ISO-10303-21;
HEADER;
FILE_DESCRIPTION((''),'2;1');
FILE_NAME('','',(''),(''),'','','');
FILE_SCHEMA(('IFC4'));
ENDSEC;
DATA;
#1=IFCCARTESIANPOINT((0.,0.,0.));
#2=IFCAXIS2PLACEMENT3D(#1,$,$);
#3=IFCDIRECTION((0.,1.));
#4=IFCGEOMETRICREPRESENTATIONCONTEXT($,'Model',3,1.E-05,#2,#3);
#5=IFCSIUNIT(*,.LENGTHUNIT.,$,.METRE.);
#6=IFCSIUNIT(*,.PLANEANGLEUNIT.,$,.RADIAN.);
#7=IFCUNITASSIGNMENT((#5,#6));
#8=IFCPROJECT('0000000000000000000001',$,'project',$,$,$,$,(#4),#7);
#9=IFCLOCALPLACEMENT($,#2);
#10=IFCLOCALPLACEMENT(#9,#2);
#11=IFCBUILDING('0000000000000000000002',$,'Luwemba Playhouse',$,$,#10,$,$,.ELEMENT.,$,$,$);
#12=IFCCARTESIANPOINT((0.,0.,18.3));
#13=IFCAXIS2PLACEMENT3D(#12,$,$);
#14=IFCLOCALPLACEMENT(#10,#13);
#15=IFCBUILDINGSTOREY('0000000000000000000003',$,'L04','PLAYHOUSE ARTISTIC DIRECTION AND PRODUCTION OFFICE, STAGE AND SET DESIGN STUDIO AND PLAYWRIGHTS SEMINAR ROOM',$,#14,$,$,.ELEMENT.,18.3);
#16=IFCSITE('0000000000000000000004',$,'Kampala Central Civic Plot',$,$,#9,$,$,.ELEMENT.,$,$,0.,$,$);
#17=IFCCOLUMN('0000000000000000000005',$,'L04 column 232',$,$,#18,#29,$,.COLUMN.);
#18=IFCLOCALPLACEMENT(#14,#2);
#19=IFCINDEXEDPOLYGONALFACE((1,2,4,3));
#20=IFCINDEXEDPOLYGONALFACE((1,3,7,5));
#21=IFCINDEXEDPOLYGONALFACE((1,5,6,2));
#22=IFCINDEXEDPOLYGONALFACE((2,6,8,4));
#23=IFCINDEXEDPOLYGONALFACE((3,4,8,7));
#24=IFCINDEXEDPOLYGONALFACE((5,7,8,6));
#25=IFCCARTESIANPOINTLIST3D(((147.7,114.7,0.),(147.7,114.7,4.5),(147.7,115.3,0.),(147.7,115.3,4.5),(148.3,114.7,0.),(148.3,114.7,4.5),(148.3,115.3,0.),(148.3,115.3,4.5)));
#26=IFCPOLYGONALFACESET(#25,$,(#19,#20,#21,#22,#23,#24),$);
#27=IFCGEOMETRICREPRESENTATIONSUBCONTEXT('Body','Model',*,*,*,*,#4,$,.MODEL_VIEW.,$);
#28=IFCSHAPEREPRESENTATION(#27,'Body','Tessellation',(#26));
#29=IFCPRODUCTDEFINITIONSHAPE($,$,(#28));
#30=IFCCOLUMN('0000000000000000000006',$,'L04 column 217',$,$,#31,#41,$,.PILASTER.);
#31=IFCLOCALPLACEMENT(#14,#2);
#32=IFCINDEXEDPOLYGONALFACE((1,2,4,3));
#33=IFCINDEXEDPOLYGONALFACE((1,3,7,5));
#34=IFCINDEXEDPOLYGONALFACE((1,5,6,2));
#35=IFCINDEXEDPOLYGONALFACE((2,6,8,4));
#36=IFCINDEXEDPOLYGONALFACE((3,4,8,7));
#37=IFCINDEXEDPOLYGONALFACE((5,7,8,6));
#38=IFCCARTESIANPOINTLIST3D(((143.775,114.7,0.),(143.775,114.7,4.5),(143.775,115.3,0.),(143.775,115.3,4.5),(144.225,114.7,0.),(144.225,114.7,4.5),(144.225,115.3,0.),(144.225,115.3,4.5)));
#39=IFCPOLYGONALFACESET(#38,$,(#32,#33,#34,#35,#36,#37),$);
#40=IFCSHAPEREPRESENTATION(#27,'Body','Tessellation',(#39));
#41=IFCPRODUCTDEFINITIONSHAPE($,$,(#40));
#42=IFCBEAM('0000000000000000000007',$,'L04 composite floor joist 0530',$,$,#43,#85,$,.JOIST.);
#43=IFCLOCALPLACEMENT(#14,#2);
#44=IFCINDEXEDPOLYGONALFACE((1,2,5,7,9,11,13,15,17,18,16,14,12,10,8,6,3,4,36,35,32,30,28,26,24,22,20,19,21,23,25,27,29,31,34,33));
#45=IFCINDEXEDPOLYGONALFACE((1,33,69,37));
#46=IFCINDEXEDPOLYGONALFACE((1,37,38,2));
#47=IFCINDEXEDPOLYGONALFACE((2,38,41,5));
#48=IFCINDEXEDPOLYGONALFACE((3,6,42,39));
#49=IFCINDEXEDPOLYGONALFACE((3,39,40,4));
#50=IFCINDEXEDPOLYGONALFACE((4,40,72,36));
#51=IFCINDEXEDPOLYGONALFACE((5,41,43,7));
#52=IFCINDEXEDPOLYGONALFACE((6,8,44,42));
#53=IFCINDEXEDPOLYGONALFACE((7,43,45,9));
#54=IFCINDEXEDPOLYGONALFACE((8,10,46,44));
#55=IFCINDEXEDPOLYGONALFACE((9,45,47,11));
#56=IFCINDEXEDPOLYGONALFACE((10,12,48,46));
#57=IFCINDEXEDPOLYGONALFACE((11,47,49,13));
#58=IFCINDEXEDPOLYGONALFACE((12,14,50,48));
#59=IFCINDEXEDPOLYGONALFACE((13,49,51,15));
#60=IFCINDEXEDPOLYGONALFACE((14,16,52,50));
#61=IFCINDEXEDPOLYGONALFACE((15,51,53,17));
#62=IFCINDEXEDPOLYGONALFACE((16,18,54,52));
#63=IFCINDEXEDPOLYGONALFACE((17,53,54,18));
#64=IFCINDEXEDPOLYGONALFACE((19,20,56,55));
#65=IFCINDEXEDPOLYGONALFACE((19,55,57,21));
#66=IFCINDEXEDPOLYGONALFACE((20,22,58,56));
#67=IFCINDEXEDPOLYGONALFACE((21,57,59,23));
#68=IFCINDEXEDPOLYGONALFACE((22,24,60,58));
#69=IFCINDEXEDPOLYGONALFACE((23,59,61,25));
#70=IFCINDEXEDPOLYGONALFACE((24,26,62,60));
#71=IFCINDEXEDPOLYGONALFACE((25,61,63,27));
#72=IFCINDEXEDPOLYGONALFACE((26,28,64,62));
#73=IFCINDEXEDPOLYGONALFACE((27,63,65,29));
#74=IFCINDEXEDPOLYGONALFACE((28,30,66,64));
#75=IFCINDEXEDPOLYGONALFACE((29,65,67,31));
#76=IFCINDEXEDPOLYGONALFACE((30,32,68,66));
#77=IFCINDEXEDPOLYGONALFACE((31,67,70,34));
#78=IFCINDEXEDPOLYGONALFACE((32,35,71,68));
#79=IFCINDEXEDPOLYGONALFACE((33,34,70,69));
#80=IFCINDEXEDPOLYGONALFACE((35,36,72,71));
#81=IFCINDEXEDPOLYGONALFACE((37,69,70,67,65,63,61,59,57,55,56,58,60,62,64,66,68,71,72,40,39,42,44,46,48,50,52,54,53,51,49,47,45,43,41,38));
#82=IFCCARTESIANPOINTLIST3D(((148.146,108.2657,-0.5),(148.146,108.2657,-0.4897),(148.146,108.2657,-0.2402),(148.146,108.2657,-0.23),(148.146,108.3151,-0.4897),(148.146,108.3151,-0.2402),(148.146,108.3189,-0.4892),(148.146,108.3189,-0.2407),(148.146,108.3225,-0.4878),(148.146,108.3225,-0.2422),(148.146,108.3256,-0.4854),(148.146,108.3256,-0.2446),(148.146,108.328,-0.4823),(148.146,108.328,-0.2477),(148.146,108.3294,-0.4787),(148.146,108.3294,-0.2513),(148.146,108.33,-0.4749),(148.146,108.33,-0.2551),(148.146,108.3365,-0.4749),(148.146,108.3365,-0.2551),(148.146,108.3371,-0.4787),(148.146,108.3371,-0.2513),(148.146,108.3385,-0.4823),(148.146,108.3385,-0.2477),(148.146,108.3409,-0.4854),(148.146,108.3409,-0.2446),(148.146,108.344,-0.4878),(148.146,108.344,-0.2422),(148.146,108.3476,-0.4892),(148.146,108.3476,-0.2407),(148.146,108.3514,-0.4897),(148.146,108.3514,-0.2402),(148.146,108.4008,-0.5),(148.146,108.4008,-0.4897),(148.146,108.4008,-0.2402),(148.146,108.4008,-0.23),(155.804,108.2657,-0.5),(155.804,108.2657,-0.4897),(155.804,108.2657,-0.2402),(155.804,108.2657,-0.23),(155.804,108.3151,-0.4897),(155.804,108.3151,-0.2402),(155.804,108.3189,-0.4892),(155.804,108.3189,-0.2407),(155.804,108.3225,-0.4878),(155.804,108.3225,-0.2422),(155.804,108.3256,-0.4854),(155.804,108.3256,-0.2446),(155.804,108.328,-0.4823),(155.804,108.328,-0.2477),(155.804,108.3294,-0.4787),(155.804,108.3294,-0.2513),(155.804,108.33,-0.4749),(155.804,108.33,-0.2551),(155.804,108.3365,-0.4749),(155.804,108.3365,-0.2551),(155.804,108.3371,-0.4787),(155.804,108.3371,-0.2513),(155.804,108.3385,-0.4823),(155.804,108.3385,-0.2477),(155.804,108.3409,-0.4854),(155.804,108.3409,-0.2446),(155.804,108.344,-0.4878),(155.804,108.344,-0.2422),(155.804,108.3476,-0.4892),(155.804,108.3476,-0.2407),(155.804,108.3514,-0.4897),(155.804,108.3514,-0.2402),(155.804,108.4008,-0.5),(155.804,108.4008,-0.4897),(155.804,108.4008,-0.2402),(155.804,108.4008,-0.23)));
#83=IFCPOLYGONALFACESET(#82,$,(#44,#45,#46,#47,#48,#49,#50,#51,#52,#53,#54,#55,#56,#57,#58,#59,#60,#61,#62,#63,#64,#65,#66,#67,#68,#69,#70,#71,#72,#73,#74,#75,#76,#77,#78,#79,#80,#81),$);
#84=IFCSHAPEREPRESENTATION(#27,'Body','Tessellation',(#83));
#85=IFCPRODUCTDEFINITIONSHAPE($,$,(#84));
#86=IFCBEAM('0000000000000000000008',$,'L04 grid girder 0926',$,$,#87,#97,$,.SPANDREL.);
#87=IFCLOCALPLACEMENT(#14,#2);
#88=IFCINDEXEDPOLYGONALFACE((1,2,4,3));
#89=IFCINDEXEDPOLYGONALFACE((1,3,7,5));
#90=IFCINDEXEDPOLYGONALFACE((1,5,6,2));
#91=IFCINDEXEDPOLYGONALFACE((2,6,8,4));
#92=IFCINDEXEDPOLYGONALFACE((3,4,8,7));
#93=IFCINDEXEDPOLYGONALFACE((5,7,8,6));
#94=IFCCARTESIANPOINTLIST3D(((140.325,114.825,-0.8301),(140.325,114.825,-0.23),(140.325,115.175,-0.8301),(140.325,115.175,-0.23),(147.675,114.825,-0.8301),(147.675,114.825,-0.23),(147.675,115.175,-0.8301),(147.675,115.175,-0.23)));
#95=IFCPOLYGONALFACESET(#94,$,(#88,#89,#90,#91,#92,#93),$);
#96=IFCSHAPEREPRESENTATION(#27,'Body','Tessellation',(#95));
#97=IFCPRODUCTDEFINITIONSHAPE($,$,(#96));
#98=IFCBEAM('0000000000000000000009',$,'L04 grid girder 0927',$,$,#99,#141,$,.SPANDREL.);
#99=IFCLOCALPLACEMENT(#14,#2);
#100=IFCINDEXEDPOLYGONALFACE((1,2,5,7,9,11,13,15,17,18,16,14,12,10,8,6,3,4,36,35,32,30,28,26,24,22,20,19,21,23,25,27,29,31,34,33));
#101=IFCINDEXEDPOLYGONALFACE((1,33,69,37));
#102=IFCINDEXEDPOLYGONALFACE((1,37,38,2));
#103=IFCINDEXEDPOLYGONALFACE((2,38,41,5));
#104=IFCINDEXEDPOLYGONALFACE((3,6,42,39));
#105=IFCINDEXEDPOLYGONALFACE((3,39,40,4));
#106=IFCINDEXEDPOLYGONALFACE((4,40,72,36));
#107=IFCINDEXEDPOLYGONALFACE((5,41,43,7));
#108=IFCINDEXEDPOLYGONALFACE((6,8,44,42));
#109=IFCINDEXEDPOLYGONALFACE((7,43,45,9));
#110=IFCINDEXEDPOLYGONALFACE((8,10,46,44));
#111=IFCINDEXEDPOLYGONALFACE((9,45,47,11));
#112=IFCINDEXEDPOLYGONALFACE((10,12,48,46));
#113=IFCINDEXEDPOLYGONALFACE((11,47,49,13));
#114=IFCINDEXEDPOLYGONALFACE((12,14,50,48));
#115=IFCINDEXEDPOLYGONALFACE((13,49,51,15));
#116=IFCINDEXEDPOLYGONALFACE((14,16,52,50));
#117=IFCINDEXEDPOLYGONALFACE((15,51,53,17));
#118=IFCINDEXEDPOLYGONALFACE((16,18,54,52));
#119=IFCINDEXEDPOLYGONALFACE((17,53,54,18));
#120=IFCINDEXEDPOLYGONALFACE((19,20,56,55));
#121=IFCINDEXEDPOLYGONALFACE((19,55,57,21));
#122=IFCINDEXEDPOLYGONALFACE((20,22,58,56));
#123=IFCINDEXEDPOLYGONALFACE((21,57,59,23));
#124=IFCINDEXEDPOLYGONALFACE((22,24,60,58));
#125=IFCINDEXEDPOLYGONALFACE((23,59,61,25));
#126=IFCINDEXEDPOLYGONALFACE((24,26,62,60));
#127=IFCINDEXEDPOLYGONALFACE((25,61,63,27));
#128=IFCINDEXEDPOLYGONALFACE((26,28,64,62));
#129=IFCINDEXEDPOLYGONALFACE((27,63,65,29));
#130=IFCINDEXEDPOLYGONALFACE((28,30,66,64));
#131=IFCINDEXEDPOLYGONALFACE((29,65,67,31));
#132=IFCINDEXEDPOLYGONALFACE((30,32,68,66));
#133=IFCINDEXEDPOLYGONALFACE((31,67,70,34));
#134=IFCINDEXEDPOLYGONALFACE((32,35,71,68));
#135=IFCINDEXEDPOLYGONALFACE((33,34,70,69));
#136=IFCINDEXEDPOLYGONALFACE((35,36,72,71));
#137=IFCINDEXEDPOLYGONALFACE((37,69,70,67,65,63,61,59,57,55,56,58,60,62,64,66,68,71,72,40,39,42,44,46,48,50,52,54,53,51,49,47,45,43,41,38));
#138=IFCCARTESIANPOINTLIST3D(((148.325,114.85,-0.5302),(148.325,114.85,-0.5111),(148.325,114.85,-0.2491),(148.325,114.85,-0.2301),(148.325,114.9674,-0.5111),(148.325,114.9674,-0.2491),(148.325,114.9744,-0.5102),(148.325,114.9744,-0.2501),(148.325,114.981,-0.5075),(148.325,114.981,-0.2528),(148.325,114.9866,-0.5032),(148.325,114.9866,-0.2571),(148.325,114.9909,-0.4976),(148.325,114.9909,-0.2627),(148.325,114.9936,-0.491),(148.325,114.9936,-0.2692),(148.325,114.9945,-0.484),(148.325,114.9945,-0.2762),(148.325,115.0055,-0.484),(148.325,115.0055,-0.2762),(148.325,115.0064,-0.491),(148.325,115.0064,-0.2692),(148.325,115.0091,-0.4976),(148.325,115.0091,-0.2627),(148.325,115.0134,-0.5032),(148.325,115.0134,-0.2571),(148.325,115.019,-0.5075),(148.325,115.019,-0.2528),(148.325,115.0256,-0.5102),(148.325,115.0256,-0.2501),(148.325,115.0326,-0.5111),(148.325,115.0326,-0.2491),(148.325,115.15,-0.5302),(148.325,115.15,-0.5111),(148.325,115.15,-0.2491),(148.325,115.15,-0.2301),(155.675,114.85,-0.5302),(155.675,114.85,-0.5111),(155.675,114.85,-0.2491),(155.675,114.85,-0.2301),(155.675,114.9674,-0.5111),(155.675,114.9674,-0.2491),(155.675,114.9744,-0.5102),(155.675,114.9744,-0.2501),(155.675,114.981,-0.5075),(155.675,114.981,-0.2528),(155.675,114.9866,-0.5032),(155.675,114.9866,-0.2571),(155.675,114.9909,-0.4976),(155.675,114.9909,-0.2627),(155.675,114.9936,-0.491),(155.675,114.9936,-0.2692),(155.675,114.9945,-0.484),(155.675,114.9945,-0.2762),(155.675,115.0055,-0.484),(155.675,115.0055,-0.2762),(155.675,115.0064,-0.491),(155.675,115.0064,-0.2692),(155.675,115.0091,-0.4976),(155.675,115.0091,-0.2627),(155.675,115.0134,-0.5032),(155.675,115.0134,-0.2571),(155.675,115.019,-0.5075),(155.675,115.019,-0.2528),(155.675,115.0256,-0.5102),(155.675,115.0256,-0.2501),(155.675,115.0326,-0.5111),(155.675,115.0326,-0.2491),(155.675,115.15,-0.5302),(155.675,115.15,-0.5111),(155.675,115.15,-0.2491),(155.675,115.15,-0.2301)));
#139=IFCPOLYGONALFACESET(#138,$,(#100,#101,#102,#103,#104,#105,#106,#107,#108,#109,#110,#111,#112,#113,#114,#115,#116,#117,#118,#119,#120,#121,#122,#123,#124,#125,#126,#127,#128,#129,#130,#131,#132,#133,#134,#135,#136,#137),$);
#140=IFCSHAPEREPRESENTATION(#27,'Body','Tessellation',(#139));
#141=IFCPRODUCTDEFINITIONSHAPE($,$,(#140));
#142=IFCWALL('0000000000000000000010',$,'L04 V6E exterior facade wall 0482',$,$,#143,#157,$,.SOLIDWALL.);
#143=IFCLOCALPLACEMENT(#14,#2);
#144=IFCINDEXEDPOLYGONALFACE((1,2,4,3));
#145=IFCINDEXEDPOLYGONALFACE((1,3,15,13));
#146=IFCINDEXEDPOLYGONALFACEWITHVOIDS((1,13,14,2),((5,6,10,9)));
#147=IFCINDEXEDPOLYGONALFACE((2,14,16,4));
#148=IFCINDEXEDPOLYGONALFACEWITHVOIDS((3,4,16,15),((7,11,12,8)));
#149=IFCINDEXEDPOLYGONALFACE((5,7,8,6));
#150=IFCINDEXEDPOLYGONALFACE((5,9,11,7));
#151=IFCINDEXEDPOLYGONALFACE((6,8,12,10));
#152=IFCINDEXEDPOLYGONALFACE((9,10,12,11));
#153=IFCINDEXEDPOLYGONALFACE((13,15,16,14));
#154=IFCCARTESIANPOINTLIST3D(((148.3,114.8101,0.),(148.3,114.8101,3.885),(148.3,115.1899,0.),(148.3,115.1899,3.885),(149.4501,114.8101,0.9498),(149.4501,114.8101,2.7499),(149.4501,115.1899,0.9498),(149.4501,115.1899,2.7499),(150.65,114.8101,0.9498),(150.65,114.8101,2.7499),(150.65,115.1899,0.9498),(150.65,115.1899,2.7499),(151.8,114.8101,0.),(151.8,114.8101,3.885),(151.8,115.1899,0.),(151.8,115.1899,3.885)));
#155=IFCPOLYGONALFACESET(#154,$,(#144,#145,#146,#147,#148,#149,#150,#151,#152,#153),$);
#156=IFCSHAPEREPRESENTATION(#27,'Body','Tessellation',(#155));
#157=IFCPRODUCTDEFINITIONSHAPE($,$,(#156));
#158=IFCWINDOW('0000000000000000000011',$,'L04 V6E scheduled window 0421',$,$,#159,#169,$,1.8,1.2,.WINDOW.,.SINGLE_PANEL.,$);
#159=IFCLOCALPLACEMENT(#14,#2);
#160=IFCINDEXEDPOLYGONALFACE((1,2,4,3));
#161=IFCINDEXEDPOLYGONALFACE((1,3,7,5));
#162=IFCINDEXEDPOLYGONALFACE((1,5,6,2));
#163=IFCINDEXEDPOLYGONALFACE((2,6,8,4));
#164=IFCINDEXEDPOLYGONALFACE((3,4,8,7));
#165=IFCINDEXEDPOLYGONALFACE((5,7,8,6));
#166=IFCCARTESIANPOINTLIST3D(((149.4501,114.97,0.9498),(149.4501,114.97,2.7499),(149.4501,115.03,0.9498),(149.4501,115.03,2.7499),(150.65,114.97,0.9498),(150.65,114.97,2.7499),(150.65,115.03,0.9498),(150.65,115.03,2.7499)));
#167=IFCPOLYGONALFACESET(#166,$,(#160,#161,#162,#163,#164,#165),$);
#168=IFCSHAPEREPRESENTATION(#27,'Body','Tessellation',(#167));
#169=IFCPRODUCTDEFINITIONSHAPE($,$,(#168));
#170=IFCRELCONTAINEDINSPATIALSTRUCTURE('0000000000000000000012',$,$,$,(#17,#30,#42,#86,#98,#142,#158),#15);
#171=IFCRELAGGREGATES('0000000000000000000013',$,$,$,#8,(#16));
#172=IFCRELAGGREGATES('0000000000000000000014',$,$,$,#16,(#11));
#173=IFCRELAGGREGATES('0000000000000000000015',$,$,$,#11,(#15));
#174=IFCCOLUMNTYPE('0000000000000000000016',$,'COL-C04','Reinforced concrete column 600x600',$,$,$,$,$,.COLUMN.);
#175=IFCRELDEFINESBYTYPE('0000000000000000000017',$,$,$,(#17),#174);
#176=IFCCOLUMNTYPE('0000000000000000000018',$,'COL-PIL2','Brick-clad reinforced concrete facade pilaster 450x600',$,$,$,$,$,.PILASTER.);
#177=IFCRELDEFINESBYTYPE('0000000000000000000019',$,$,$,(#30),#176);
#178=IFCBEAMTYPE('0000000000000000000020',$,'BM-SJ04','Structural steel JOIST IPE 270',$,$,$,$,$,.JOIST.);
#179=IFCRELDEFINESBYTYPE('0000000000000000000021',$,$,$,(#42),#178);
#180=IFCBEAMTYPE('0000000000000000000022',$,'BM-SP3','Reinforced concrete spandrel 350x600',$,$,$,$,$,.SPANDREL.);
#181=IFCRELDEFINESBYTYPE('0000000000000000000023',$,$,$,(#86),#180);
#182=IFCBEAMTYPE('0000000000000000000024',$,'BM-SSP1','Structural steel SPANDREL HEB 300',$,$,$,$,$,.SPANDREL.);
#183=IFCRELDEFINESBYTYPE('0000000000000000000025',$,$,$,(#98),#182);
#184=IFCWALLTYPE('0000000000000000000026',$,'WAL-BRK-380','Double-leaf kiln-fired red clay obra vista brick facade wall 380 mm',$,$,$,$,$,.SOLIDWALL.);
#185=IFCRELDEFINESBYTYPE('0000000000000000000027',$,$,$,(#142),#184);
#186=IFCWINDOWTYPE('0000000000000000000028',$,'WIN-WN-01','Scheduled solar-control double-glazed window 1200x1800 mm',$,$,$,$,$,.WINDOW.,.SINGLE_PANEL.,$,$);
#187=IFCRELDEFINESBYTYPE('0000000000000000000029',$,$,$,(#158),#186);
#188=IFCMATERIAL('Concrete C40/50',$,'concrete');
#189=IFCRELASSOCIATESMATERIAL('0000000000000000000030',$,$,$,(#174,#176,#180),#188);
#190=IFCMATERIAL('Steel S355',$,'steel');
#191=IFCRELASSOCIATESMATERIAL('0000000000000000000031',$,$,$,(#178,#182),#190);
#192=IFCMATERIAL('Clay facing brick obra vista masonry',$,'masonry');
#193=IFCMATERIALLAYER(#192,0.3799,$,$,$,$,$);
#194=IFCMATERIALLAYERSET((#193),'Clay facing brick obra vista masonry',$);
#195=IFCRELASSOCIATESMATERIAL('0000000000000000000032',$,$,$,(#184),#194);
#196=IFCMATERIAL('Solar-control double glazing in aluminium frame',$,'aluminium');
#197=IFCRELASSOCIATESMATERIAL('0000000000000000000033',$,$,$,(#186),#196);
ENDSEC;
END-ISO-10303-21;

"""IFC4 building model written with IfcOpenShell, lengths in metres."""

from ifc_helpers import new_model, si_unit, direction, frame, frame_2d, origin, origin_2d, place, context, subcontext, project, spatial, rectangle, i_section, extrude, material, layer, layer_set, material_profile, profile_set, type_object, element, fill, save


model = new_model("IFC4")

# Units and contexts
model_context = context("Model", 3, precision=1e-05, world=origin(), true_north=direction((0.0, 1.0)))
body_context = subcontext(model_context, "Body", "Model", "MODEL_VIEW")
ifc_project = project(units=[si_unit("LENGTHUNIT", "METRE"), si_unit("PLANEANGLEUNIT", "RADIAN")], contexts=[model_context])

# Site, building, storey
site_placement = place(None, origin())
site = spatial("IfcSite", under=ifc_project, at=site_placement, Name="Kampala Central Civic Plot", CompositionType="ELEMENT", RefElevation=0.0)
building_placement = place(site_placement, origin())
building = spatial("IfcBuilding", under=site, at=building_placement, Name="Luwemba Playhouse", CompositionType="ELEMENT")
storey_placement = place(building_placement, frame((0.0, 0.0, 18.3)))
storey = spatial("IfcBuildingStorey", under=building, at=storey_placement, Name="L04", Description="PLAYHOUSE ARTISTIC DIRECTION AND PRODUCTION OFFICE, STAGE AND SET DESIGN STUDIO AND PLAYWRIGHTS SEMINAR ROOM", CompositionType="ELEMENT", Elevation=18.3)

# Columns
ifc_material_1 = material(Name="Concrete C40/50", Category="concrete")
ifc_material_profile_1 = material_profile(ifc_material_1, rectangle(XDim=0.6001, YDim=0.6001, at=origin_2d()))
ifc_profile_set_1 = profile_set([ifc_material_profile_1], Name="Concrete C40/50")
column_type_1 = type_object("IfcColumnType", Name="COL-C04", Description="Reinforced concrete column 600x600", PredefinedType="COLUMN", material=ifc_profile_set_1)
column_1_placement = place(storey_placement, frame((148.0, 115.0, 0.0), z_axis=(0.0, 0.0, 1.0), x_axis=(1.0, 0.0, 0.0)))
element("IfcColumn", 1, at=column_1_placement, inside=storey, type_object=column_type_1, Name="L04 column 232", PredefinedType="COLUMN", context=body_context, shape_type="SweptSolid", body=[
    extrude(rectangle(XDim=0.6001, YDim=0.6001, at=origin_2d()), origin(), (0.0, 0.0, 1.0), 4.5),
])
ifc_material_profile_2 = material_profile(ifc_material_1, rectangle(XDim=0.45, YDim=0.6001, at=origin_2d()))
ifc_profile_set_2 = profile_set([ifc_material_profile_2], Name="Concrete C40/50")
column_type_2 = type_object("IfcColumnType", Name="COL-PIL2", Description="Brick-clad reinforced concrete facade pilaster 450x600", PredefinedType="PILASTER", material=ifc_profile_set_2)
column_2_placement = place(storey_placement, frame((144.0, 115.0, 0.0), z_axis=(0.0, 0.0, 1.0), x_axis=(1.0, 0.0, 0.0)))
element("IfcColumn", 2, at=column_2_placement, inside=storey, type_object=column_type_2, Name="L04 column 217", PredefinedType="PILASTER", context=body_context, shape_type="SweptSolid", body=[
    extrude(rectangle(XDim=0.45, YDim=0.6001, at=origin_2d()), origin(), (0.0, 0.0, 1.0), 4.5),
])

# Beams
ifc_material_2 = material(Name="Steel S355", Category="steel")
ifc_material_profile_3 = material_profile(ifc_material_2, i_section(OverallWidth=0.135, OverallDepth=0.27, WebThickness=0.0066, FlangeThickness=0.0103, FilletRadius=0.0149, at=origin_2d()))
ifc_profile_set_3 = profile_set([ifc_material_profile_3], Name="Steel S355")
beam_type_1 = type_object("IfcBeamType", Name="BM-SJ04", Description="Structural steel JOIST IPE 270", PredefinedType="JOIST", material=ifc_profile_set_3)
beam_1_placement = place(storey_placement, frame((148.146, 108.3333, -0.365), z_axis=(1.0, 0.0, 0.0), x_axis=(0.0, 1.0, 0.0)))
element("IfcBeam", 3, at=beam_1_placement, inside=storey, type_object=beam_type_1, Name="L04 composite floor joist 0530", PredefinedType="JOIST", context=body_context, shape_type="SweptSolid", body=[
    extrude(i_section(OverallWidth=0.135, OverallDepth=0.27, WebThickness=0.0066, FlangeThickness=0.0103, FilletRadius=0.0149, at=origin_2d()), origin(), (0.0, 0.0, 1.0), 7.658),
])
ifc_material_profile_4 = material_profile(ifc_material_1, rectangle(XDim=0.3501, YDim=0.6001, at=origin_2d()))
ifc_profile_set_4 = profile_set([ifc_material_profile_4], Name="Concrete C40/50")
beam_type_2 = type_object("IfcBeamType", Name="BM-SP3", Description="Reinforced concrete spandrel 350x600", PredefinedType="SPANDREL", material=ifc_profile_set_4)
beam_2_placement = place(storey_placement, frame((140.325, 115.0, -0.53), z_axis=(1.0, 0.0, 0.0), x_axis=(0.0, 1.0, 0.0)))
element("IfcBeam", 4, at=beam_2_placement, inside=storey, type_object=beam_type_2, Name="L04 grid girder 0926", PredefinedType="SPANDREL", context=body_context, shape_type="SweptSolid", body=[
    extrude(rectangle(XDim=0.3501, YDim=0.6001, at=origin_2d()), origin(), (0.0, 0.0, 1.0), 7.3501),
])
ifc_material_profile_5 = material_profile(ifc_material_2, i_section(OverallWidth=0.3, OverallDepth=0.3, WebThickness=0.011, FlangeThickness=0.019, FilletRadius=0.0271, at=origin_2d()))
ifc_profile_set_5 = profile_set([ifc_material_profile_5], Name="Steel S355")
beam_type_3 = type_object("IfcBeamType", Name="BM-SSP1", Description="Structural steel SPANDREL HEB 300", PredefinedType="SPANDREL", material=ifc_profile_set_5)
beam_3_placement = place(storey_placement, frame((148.325, 115.0, -0.3801), z_axis=(1.0, 0.0, 0.0), x_axis=(0.0, 1.0, 0.0)))
element("IfcBeam", 5, at=beam_3_placement, inside=storey, type_object=beam_type_3, Name="L04 grid girder 0927", PredefinedType="SPANDREL", context=body_context, shape_type="SweptSolid", body=[
    extrude(i_section(OverallWidth=0.3, OverallDepth=0.3, WebThickness=0.011, FlangeThickness=0.019, FilletRadius=0.0271, at=origin_2d()), origin(), (0.0, 0.0, 1.0), 7.3501),
])

# Wall, opening, window
ifc_material_3 = material(Name="Clay facing brick obra vista masonry", Category="masonry")
ifc_layer_1 = layer(ifc_material_3, 0.3799)
ifc_layer_set_1 = layer_set([ifc_layer_1], Name="Clay facing brick obra vista masonry")
wall_type_1 = type_object("IfcWallType", Name="WAL-BRK-380", Description="Double-leaf kiln-fired red clay obra vista brick facade wall 380 mm", PredefinedType="SOLIDWALL", material=ifc_layer_set_1)
wall_1_placement = place(storey_placement, frame((148.3, 115.0, 0.0), z_axis=(0.0, 0.0, 1.0), x_axis=(1.0, 0.0, 0.0)))
wall_1 = element("IfcWall", 6, at=wall_1_placement, inside=storey, type_object=wall_type_1, Name="L04 V6E exterior facade wall 0482", PredefinedType="SOLIDWALL", context=body_context, shape_type="SweptSolid", body=[
    extrude(rectangle(XDim=3.5, YDim=0.3799, at=frame_2d((1.75, 0.0))), origin(), (0.0, 0.0, 1.0), 3.885),
])
opening_1_placement = place(wall_1_placement, frame((1.1499, 0.0, 0.95)))
opening_1 = element("IfcOpeningElement", 7, at=opening_1_placement, cuts=wall_1, PredefinedType="OPENING", context=body_context, shape_type="SweptSolid", body=[
    extrude(rectangle(XDim=1.2, YDim=1.8, at=frame_2d((0.6001, 0.8999))), frame((0.0, 0.2, 0.0), z_axis=(0.0, -1.0, 0.0), x_axis=(1.0, 0.0, 0.0)), (0.0, 0.0, 1.0), 0.3999),
])
ifc_material_4 = material(Name="Solar-control double glazing in aluminium frame", Category="aluminium")
window_type_1 = type_object("IfcWindowType", Name="WIN-WN-01", Description="Scheduled solar-control double-glazed window 1200x1800 mm", PartitioningType="SINGLE_PANEL", PredefinedType="WINDOW", material=ifc_material_4)
window_1_placement = place(opening_1_placement, origin())
window_1 = element("IfcWindow", 8, at=window_1_placement, inside=storey, type_object=window_type_1, Name="L04 V6E scheduled window 0421", OverallHeight=1.8, OverallWidth=1.2, PartitioningType="SINGLE_PANEL", PredefinedType="WINDOW", context=body_context, shape_type="SweptSolid", body=[
    extrude(rectangle(XDim=1.2, YDim=1.8, at=frame_2d((0.6001, 0.8999))), frame((0.0, 0.03, 0.0), z_axis=(0.0, -1.0, 0.0), x_axis=(1.0, 0.0, 0.0)), (0.0, 0.0, 1.0), 0.0601),
])
fill(opening_1, window_1)

save(model, "model.ifc")
